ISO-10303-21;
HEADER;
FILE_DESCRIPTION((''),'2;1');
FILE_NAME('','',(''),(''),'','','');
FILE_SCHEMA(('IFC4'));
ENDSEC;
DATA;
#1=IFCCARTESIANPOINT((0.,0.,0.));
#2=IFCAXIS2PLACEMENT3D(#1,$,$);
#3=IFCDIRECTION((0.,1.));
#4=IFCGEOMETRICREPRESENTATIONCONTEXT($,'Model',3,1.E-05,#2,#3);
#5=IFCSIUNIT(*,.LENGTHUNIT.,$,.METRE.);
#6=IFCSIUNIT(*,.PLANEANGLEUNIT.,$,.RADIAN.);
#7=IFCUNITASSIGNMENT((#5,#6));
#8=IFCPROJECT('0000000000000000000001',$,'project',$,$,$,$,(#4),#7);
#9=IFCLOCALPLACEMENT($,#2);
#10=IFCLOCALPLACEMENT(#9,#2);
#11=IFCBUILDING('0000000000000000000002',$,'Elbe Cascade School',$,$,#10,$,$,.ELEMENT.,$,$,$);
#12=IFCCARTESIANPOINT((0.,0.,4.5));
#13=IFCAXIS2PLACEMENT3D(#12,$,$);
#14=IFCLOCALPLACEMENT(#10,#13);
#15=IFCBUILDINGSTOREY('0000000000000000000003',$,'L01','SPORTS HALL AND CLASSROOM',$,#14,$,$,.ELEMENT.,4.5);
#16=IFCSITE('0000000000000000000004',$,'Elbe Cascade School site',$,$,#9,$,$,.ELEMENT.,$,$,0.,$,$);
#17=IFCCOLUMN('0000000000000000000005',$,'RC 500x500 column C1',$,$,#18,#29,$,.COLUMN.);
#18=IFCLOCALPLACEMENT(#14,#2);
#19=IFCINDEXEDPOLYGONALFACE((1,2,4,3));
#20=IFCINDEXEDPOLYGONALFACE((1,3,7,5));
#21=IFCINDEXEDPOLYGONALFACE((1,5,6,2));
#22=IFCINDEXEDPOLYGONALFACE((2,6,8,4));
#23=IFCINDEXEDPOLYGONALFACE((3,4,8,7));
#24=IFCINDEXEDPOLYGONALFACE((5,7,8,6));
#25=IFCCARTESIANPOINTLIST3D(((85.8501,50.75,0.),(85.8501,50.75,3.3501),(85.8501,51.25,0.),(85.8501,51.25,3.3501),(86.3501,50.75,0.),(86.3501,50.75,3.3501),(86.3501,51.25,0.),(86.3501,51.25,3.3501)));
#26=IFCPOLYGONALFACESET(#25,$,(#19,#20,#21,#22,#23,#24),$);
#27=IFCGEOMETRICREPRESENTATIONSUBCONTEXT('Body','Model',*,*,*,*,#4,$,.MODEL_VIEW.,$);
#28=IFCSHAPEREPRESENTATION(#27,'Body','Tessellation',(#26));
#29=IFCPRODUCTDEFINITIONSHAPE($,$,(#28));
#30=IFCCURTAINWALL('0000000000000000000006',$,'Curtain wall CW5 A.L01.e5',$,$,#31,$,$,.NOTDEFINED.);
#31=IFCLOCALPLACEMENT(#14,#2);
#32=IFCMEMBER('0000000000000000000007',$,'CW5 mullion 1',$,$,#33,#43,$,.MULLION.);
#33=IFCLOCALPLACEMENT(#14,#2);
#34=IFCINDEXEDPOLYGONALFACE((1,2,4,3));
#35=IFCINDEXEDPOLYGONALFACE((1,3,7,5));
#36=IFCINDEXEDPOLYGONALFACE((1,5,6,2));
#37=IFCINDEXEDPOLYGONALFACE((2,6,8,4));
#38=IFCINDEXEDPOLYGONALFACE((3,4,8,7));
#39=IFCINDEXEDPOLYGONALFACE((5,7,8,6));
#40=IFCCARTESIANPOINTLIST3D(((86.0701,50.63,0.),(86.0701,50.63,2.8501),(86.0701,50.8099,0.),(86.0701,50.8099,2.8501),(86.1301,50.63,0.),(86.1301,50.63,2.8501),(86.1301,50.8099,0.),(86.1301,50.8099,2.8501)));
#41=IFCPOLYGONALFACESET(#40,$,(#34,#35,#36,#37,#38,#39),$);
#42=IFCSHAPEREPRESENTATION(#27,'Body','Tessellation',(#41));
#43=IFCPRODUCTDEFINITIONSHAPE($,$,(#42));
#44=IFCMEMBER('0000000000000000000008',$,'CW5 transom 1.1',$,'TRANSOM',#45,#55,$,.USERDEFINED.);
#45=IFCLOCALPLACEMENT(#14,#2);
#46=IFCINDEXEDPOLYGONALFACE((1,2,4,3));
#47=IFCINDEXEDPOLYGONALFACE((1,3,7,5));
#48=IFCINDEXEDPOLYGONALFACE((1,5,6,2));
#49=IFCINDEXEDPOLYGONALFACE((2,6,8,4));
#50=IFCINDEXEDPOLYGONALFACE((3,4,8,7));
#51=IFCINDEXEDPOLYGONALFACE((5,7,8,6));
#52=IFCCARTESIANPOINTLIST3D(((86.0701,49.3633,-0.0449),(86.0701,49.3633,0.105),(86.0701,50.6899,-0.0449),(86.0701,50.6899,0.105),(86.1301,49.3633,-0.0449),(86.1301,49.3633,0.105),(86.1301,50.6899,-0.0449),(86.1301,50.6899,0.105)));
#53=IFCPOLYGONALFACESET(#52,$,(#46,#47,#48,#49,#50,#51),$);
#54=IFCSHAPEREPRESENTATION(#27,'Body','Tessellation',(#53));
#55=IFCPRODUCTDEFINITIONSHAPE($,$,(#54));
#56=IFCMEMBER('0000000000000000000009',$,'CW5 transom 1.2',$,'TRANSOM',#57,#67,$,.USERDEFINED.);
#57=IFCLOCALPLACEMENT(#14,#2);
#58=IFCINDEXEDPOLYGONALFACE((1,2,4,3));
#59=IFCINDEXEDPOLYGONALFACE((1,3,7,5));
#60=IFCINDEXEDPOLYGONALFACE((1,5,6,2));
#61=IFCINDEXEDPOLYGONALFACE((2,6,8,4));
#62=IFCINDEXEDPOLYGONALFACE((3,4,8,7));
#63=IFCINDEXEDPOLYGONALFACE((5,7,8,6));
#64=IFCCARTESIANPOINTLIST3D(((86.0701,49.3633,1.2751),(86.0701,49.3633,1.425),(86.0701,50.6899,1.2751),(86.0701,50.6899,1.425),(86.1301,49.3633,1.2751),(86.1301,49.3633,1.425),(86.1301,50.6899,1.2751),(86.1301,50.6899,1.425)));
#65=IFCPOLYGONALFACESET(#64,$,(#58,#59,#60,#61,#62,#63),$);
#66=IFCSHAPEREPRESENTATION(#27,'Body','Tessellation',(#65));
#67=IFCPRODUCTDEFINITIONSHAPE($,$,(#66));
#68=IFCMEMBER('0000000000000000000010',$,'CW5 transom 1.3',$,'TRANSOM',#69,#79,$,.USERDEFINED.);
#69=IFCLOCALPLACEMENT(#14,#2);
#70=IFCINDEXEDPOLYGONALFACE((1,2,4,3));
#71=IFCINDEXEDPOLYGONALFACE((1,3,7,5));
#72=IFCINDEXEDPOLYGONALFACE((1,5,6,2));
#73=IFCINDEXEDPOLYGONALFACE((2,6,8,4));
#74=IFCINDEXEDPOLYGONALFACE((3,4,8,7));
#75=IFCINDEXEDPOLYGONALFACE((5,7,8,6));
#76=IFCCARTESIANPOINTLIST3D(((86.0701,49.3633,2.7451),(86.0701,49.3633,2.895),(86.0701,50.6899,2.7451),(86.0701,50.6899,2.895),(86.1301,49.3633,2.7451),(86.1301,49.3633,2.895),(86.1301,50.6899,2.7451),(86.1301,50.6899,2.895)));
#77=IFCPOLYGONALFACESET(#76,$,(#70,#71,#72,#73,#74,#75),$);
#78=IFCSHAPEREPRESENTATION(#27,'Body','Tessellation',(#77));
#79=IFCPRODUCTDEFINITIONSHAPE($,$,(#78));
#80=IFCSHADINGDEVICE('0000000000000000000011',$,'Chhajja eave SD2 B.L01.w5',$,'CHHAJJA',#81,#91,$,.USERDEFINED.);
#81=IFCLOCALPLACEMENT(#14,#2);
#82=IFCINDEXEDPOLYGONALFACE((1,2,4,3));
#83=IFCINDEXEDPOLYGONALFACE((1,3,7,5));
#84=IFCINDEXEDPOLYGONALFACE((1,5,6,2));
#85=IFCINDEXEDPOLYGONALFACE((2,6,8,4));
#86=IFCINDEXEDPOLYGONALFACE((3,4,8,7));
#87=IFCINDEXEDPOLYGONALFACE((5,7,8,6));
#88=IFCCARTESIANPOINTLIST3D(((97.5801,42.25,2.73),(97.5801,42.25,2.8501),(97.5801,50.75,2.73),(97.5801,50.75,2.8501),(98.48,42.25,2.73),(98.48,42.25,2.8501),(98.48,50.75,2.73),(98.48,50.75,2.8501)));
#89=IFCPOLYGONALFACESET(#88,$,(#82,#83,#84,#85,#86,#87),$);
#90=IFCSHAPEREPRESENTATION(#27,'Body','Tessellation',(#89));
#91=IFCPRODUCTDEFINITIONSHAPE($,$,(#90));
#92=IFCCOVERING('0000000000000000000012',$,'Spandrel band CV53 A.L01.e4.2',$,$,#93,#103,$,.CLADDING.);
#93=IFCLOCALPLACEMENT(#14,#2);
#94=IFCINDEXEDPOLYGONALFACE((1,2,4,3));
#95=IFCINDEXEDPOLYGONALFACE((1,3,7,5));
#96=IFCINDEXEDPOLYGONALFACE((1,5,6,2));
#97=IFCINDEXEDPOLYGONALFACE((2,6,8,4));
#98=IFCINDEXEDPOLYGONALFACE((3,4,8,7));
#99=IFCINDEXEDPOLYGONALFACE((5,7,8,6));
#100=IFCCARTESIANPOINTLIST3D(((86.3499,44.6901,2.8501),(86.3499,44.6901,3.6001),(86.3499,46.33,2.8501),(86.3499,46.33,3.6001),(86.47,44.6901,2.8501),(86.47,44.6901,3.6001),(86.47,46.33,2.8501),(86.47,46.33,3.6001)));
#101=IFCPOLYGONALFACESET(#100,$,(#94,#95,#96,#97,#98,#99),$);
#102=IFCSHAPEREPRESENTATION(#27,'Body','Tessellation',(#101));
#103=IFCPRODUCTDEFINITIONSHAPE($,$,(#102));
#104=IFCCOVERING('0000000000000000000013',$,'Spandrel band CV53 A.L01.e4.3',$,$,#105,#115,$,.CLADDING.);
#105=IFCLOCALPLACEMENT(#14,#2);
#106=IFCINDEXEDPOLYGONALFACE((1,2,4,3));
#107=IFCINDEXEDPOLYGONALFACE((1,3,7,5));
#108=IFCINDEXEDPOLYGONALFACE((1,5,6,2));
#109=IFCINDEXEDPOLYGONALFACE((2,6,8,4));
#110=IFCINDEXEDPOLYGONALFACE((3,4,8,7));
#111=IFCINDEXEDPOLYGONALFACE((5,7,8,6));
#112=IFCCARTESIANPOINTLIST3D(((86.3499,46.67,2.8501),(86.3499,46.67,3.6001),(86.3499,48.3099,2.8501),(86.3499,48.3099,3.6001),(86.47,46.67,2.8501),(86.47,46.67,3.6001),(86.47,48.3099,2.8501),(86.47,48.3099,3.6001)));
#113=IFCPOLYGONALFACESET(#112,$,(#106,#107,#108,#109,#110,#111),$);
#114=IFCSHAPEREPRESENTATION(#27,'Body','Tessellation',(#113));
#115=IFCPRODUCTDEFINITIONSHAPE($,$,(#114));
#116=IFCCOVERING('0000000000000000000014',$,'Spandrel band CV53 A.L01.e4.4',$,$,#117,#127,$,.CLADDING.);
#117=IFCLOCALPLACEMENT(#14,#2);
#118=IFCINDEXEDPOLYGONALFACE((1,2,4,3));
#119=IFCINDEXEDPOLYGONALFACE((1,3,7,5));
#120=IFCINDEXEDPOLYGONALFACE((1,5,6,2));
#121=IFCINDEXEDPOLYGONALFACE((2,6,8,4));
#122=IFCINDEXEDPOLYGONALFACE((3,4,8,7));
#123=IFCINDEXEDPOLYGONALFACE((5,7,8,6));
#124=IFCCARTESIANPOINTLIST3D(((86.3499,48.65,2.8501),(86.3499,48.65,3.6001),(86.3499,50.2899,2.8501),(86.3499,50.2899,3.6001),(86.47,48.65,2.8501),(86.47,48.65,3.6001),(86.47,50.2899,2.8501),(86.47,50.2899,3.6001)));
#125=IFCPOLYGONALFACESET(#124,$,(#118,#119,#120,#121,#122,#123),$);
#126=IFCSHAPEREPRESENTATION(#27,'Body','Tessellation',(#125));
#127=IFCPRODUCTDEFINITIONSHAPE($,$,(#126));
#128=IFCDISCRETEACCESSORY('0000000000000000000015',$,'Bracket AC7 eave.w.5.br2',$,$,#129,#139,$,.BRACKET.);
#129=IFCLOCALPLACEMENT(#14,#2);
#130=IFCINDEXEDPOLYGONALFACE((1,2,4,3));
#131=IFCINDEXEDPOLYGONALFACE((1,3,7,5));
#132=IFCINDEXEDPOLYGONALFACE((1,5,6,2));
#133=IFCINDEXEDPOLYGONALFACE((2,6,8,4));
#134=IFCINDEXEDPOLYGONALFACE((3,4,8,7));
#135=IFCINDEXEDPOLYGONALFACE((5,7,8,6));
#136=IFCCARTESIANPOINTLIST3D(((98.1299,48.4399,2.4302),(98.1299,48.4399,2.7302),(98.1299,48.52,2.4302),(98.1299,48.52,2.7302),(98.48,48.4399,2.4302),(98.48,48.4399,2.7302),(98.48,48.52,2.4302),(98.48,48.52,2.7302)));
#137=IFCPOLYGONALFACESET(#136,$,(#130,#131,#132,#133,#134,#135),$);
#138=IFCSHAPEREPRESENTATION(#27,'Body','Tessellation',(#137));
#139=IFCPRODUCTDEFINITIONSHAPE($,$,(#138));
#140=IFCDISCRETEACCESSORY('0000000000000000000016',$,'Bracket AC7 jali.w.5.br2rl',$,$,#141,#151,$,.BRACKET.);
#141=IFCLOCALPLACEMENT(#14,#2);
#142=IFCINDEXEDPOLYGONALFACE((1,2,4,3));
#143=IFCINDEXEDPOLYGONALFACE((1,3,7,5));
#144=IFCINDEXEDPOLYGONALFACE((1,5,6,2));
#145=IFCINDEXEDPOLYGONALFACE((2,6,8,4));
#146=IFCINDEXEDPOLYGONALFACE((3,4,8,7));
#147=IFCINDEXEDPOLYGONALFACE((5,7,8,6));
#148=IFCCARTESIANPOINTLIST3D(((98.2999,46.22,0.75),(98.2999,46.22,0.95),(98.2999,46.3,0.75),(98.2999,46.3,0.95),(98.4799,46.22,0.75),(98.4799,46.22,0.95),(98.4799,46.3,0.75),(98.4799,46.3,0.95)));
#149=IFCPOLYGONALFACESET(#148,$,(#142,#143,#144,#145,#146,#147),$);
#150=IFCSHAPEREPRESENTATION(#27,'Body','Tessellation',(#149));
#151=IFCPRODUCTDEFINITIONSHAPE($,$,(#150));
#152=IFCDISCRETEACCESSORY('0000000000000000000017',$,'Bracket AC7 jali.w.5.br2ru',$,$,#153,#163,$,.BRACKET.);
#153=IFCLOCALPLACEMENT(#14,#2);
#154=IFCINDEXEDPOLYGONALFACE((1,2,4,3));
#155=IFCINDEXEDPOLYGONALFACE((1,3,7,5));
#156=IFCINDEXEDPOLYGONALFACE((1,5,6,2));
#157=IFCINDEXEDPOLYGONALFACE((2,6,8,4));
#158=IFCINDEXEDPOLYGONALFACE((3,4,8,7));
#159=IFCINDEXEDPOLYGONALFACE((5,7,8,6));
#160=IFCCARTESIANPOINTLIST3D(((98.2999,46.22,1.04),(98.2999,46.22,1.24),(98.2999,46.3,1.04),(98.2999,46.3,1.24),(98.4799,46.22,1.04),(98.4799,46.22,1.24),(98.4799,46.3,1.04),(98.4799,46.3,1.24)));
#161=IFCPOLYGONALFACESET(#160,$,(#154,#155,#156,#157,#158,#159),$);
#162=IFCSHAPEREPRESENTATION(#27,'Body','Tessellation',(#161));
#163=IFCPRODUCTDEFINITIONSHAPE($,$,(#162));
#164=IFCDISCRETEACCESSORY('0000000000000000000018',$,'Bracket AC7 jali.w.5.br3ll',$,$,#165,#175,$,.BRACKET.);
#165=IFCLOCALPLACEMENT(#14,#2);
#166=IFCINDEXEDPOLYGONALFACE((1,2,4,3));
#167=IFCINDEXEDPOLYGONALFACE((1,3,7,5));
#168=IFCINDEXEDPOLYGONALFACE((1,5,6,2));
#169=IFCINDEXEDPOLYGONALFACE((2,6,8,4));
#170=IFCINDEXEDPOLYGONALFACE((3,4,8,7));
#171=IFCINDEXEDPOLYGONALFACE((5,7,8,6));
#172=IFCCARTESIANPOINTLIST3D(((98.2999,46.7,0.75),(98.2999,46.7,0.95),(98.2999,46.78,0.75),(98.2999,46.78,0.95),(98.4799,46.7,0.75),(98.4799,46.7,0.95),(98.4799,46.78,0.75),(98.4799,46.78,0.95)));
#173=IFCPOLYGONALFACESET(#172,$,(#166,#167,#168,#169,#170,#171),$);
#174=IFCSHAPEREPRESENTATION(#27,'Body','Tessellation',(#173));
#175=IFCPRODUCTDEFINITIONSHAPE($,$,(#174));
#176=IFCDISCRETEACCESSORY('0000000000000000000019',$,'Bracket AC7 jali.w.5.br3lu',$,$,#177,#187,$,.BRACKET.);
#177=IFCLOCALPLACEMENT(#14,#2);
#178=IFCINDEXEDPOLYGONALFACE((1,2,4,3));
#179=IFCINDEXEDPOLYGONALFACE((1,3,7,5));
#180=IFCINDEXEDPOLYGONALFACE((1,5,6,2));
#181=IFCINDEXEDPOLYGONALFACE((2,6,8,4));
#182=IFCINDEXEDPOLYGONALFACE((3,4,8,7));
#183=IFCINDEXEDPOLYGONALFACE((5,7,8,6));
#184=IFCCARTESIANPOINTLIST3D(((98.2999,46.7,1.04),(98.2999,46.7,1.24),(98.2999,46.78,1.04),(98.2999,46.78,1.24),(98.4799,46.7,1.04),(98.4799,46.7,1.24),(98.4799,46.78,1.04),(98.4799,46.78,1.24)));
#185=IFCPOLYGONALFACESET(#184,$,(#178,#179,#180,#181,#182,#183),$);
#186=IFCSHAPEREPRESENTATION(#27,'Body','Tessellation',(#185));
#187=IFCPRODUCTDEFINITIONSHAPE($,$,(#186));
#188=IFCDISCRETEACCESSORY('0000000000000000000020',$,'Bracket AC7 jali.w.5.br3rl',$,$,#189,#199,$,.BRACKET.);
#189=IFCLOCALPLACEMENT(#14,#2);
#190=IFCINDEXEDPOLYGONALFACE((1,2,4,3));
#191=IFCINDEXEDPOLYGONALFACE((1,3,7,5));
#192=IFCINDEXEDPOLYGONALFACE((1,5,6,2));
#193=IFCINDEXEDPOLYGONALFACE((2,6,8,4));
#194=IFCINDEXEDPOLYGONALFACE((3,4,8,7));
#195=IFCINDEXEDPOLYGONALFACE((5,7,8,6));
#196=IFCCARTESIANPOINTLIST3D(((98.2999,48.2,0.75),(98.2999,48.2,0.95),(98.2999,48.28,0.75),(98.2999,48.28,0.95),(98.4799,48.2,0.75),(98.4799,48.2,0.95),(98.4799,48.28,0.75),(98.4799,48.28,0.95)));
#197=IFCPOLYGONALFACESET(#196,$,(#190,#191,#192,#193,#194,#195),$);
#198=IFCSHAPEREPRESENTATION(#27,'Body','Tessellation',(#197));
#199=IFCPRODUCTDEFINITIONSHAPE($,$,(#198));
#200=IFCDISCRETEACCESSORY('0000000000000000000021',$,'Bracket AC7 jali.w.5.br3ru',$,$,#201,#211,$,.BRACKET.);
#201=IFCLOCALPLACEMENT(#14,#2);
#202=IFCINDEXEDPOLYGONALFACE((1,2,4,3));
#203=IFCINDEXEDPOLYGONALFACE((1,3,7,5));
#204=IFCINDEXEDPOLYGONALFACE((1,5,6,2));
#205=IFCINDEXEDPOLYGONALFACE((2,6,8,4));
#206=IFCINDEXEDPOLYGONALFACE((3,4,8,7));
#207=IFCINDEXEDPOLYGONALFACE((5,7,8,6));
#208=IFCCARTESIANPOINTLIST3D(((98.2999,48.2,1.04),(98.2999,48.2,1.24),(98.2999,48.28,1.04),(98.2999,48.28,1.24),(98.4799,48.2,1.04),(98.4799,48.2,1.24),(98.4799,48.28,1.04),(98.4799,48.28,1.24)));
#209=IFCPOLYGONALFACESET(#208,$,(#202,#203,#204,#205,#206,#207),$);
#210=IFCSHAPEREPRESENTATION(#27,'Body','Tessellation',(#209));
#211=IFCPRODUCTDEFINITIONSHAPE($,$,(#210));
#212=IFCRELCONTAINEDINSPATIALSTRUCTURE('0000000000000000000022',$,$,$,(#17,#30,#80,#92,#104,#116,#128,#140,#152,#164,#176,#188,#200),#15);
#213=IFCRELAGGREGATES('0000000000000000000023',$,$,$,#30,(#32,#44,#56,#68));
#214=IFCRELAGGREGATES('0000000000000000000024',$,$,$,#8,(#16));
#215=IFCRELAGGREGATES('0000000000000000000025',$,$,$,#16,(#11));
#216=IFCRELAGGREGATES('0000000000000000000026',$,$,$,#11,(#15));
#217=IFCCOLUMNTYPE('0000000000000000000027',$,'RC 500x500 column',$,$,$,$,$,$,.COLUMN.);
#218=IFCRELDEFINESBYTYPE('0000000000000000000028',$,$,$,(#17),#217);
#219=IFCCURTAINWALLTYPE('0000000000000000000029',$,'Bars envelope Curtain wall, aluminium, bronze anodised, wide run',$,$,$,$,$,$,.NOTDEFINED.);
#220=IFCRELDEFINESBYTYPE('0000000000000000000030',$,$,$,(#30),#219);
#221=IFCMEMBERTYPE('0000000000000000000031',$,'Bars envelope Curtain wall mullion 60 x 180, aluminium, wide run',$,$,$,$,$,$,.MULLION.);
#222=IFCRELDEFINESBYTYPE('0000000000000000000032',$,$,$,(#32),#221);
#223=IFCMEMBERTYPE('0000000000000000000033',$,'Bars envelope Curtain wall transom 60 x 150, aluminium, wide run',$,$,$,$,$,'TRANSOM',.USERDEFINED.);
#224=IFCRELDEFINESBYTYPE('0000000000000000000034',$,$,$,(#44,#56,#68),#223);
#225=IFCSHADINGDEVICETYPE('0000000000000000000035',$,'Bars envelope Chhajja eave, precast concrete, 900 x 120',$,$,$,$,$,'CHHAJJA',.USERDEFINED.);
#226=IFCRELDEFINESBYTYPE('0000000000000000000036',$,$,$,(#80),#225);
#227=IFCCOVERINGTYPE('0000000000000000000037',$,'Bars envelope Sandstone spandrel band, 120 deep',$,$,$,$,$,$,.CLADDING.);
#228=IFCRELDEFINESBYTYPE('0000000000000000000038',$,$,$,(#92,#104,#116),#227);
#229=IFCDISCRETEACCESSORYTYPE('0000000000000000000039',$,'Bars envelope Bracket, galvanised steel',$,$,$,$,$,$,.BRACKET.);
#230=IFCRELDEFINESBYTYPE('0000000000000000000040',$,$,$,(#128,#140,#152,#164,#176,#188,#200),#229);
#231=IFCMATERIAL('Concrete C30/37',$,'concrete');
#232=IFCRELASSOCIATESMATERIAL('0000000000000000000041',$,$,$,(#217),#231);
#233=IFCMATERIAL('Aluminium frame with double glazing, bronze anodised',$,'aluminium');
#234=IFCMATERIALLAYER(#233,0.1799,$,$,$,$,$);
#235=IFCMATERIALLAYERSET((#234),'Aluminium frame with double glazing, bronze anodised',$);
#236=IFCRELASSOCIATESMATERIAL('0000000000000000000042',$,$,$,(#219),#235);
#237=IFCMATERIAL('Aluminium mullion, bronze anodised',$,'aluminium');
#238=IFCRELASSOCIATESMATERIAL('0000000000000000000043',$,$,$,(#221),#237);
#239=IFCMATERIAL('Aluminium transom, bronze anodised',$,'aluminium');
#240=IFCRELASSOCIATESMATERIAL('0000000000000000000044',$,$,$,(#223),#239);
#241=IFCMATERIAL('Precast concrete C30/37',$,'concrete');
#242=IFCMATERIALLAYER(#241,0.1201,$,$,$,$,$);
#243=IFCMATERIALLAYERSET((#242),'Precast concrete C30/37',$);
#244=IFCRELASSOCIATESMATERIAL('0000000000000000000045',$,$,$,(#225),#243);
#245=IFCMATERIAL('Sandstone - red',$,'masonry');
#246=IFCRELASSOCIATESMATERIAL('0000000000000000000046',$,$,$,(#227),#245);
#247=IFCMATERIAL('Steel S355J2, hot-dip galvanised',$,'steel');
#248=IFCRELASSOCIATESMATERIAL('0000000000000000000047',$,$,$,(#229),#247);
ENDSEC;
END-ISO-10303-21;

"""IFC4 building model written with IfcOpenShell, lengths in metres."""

from ifc_helpers import new_model, si_unit, direction, frame, origin, origin_2d, place, context, subcontext, project, spatial, rectangle, extrude, material, layer, layer_set, material_profile, profile_set, type_object, element, aggregate, save


model = new_model("IFC4")

# Units and contexts
model_context = context("Model", 3, precision=1e-05, world=origin(), true_north=direction((0.0, 1.0)))
body_context = subcontext(model_context, "Body", "Model", "MODEL_VIEW")
ifc_project = project(units=[si_unit("LENGTHUNIT", "METRE"), si_unit("PLANEANGLEUNIT", "RADIAN")], contexts=[model_context])

# Site, building, storey
site_placement = place(None, origin())
site = spatial("IfcSite", under=ifc_project, at=site_placement, Name="Elbe Cascade School site", CompositionType="ELEMENT", RefElevation=0.0)
building_placement = place(site_placement, origin())
building = spatial("IfcBuilding", under=site, at=building_placement, Name="Elbe Cascade School", CompositionType="ELEMENT")
storey_placement = place(building_placement, frame((0.0, 0.0, 4.5)))
storey = spatial("IfcBuildingStorey", under=building, at=storey_placement, Name="L01", Description="SPORTS HALL AND CLASSROOM", CompositionType="ELEMENT", Elevation=4.5)

# Column
ifc_material_1 = material(Name="Concrete C30/37", Category="concrete")
ifc_material_profile_1 = material_profile(ifc_material_1, rectangle(XDim=0.5, YDim=0.5, at=origin_2d()), Name="RC 500x500")
ifc_profile_set_1 = profile_set([ifc_material_profile_1], Name="Concrete C30/37")
column_type = type_object("IfcColumnType", Name="RC 500x500 column", PredefinedType="COLUMN", material=ifc_profile_set_1)
column_placement = place(storey_placement, frame((86.1001, 51.0, 0.0), z_axis=(0.0, 0.0, 1.0), x_axis=(1.0, 0.0, 0.0)))
element("IfcColumn", 1, at=column_placement, inside=storey, type_object=column_type, Name="RC 500x500 column C1", PredefinedType="COLUMN", context=body_context, shape_type="SweptSolid", body=[
    extrude(rectangle(XDim=0.5, YDim=0.5, at=origin_2d()), origin(), (0.0, 0.0, 1.0), 3.3501),
])

# Curtain wall, members
ifc_material_2 = material(Name="Aluminium frame with double glazing, bronze anodised", Category="aluminium")
ifc_layer_1 = layer(ifc_material_2, 0.1799)
ifc_layer_set_1 = layer_set([ifc_layer_1], Name="Aluminium frame with double glazing, bronze anodised")
curtain_wall_type = type_object("IfcCurtainWallType", Name="Bars envelope Curtain wall, aluminium, bronze anodised, wide run", PredefinedType="NOTDEFINED", material=ifc_layer_set_1)
curtain_wall_placement = place(storey_placement, origin())
curtain_wall = element("IfcCurtainWall", 2, at=curtain_wall_placement, inside=storey, type_object=curtain_wall_type, Name="Curtain wall CW5 A.L01.e5", PredefinedType="NOTDEFINED")
ifc_material_3 = material(Name="Aluminium mullion, bronze anodised", Category="aluminium")
ifc_material_profile_2 = material_profile(ifc_material_3, rectangle(XDim=0.0601, YDim=0.1799, at=origin_2d()), Name="Bars envelope Curtain wall mullion 60 x 180, aluminium, wide run")
ifc_profile_set_2 = profile_set([ifc_material_profile_2], Name="Aluminium mullion, bronze anodised")
member_type_1 = type_object("IfcMemberType", Name="Bars envelope Curtain wall mullion 60 x 180, aluminium, wide run", PredefinedType="MULLION", material=ifc_profile_set_2)
member_1_placement = place(storey_placement, frame((86.1001, 50.72, 0.0), z_axis=(0.0, 0.0, 1.0), x_axis=(1.0, 0.0, 0.0)))
member_1 = element("IfcMember", 3, at=member_1_placement, type_object=member_type_1, Name="CW5 mullion 1", PredefinedType="MULLION", context=body_context, shape_type="SweptSolid", body=[
    extrude(rectangle(XDim=0.0601, YDim=0.1799, at=origin_2d()), origin(), (0.0, 0.0, 1.0), 2.8501),
])
ifc_material_4 = material(Name="Aluminium transom, bronze anodised", Category="aluminium")
ifc_material_profile_3 = material_profile(ifc_material_4, rectangle(XDim=0.0601, YDim=0.1499, at=origin_2d()), Name="Bars envelope Curtain wall transom 60 x 150, aluminium, wide run")
ifc_profile_set_3 = profile_set([ifc_material_profile_3], Name="Aluminium transom, bronze anodised")
member_type_2 = type_object("IfcMemberType", Name="Bars envelope Curtain wall transom 60 x 150, aluminium, wide run", ElementType="TRANSOM", PredefinedType="USERDEFINED", material=ifc_profile_set_3)
member_2_placement = place(storey_placement, frame((86.1001, 50.6899, 0.03), z_axis=(0.0, -1.0, 0.0), x_axis=(1.0, 0.0, 0.0)))
member_2 = element("IfcMember", 4, at=member_2_placement, type_object=member_type_2, Name="CW5 transom 1.1", ObjectType="TRANSOM", PredefinedType="USERDEFINED", context=body_context, shape_type="SweptSolid", body=[
    extrude(rectangle(XDim=0.0601, YDim=0.1499, at=origin_2d()), origin(), (0.0, 0.0, 1.0), 1.3267),
])
member_3_placement = place(storey_placement, frame((86.1001, 50.6899, 1.3501), z_axis=(0.0, -1.0, 0.0), x_axis=(1.0, 0.0, 0.0)))
member_3 = element("IfcMember", 5, at=member_3_placement, type_object=member_type_2, Name="CW5 transom 1.2", ObjectType="TRANSOM", PredefinedType="USERDEFINED", context=body_context, shape_type="SweptSolid", body=[
    extrude(rectangle(XDim=0.0601, YDim=0.1499, at=origin_2d()), origin(), (0.0, 0.0, 1.0), 1.3267),
])
member_4_placement = place(storey_placement, frame((86.1001, 50.6899, 2.8201), z_axis=(0.0, -1.0, 0.0), x_axis=(1.0, 0.0, 0.0)))
member_4 = element("IfcMember", 6, at=member_4_placement, type_object=member_type_2, Name="CW5 transom 1.3", ObjectType="TRANSOM", PredefinedType="USERDEFINED", context=body_context, shape_type="SweptSolid", body=[
    extrude(rectangle(XDim=0.0601, YDim=0.1499, at=origin_2d()), origin(), (0.0, 0.0, 1.0), 1.3267),
])
aggregate(curtain_wall, [member_1, member_2, member_3, member_4])

# Shading device
ifc_material_5 = material(Name="Precast concrete C30/37", Category="concrete")
ifc_layer_2 = layer(ifc_material_5, 0.1201)
ifc_layer_set_2 = layer_set([ifc_layer_2], Name="Precast concrete C30/37")
shading_device_type_1 = type_object("IfcShadingDeviceType", Name="Bars envelope Chhajja eave, precast concrete, 900 x 120", ElementType="CHHAJJA", PredefinedType="USERDEFINED", material=ifc_layer_set_2)
shading_device_1_placement = place(storey_placement, frame((98.03, 46.5, 2.73), z_axis=(0.0, 0.0, 1.0), x_axis=(0.0, 1.0, 0.0)))
element("IfcShadingDevice", 7, at=shading_device_1_placement, inside=storey, type_object=shading_device_type_1, Name="Chhajja eave SD2 B.L01.w5", ObjectType="CHHAJJA", PredefinedType="USERDEFINED", context=body_context, shape_type="SweptSolid", body=[
    extrude(rectangle(XDim=8.5, YDim=0.8999, at=origin_2d()), origin(), (0.0, 0.0, 1.0), 0.1201),
])

# Coverings
ifc_material_6 = material(Name="Sandstone - red", Category="masonry")
covering_type = type_object("IfcCoveringType", Name="Bars envelope Sandstone spandrel band, 120 deep", PredefinedType="CLADDING", material=ifc_material_6)
for number, where, z_axis, x_axis, name in (
    (8, (86.4099, 45.51, 2.8501), (0.0, 0.0, 1.0), (0.0, 1.0, 0.0), "Spandrel band CV53 A.L01.e4.2"),
    (9, (86.4099, 47.49, 2.8501), (0.0, 0.0, 1.0), (0.0, 1.0, 0.0), "Spandrel band CV53 A.L01.e4.3"),
    (10, (86.4099, 49.47, 2.8501), (0.0, 0.0, 1.0), (0.0, 1.0, 0.0), "Spandrel band CV53 A.L01.e4.4"),
):
    element("IfcCovering", number, at=place(storey_placement, frame(where, z_axis=z_axis, x_axis=x_axis)), inside=storey, type_object=covering_type, Name=name, PredefinedType="CLADDING", context=body_context, shape_type="SweptSolid", body=[
        extrude(rectangle(XDim=1.6399, YDim=0.1201, at=origin_2d()), origin(), (0.0, 0.0, 1.0), 0.75),
    ])

# Discrete accessories
ifc_material_7 = material(Name="Steel S355J2, hot-dip galvanised", Category="steel")
discrete_accessory_type = type_object("IfcDiscreteAccessoryType", Name="Bars envelope Bracket, galvanised steel", PredefinedType="BRACKET", material=ifc_material_7)
discrete_accessory_placement = place(storey_placement, frame((98.3049, 48.48, 2.4302), z_axis=(0.0, 0.0, 1.0), x_axis=(0.0, 1.0, 0.0)))
element("IfcDiscreteAccessory", 11, at=discrete_accessory_placement, inside=storey, type_object=discrete_accessory_type, Name="Bracket AC7 eave.w.5.br2", PredefinedType="BRACKET", context=body_context, shape_type="SweptSolid", body=[
    extrude(rectangle(XDim=0.0801, YDim=0.3501, at=origin_2d()), origin(), (0.0, 0.0, 1.0), 0.3),
])
for number, where, z_axis, x_axis, name in (
    (12, (98.3899, 46.26, 0.75), (0.0, 0.0, 1.0), (0.0, 1.0, 0.0), "Bracket AC7 jali.w.5.br2rl"),
    (13, (98.3899, 46.26, 1.04), (0.0, 0.0, 1.0), (0.0, 1.0, 0.0), "Bracket AC7 jali.w.5.br2ru"),
    (14, (98.3899, 46.74, 0.75), (0.0, 0.0, 1.0), (0.0, 1.0, 0.0), "Bracket AC7 jali.w.5.br3ll"),
    (15, (98.3899, 46.74, 1.04), (0.0, 0.0, 1.0), (0.0, 1.0, 0.0), "Bracket AC7 jali.w.5.br3lu"),
    (16, (98.3899, 48.24, 0.75), (0.0, 0.0, 1.0), (0.0, 1.0, 0.0), "Bracket AC7 jali.w.5.br3rl"),
    (17, (98.3899, 48.24, 1.04), (0.0, 0.0, 1.0), (0.0, 1.0, 0.0), "Bracket AC7 jali.w.5.br3ru"),
):
    element("IfcDiscreteAccessory", number, at=place(storey_placement, frame(where, z_axis=z_axis, x_axis=x_axis)), inside=storey, type_object=discrete_accessory_type, Name=name, PredefinedType="BRACKET", context=body_context, shape_type="SweptSolid", body=[
        extrude(rectangle(XDim=0.0801, YDim=0.1799, at=origin_2d()), origin(), (0.0, 0.0, 1.0), 0.2),
    ])

save(model, "model.ifc")
